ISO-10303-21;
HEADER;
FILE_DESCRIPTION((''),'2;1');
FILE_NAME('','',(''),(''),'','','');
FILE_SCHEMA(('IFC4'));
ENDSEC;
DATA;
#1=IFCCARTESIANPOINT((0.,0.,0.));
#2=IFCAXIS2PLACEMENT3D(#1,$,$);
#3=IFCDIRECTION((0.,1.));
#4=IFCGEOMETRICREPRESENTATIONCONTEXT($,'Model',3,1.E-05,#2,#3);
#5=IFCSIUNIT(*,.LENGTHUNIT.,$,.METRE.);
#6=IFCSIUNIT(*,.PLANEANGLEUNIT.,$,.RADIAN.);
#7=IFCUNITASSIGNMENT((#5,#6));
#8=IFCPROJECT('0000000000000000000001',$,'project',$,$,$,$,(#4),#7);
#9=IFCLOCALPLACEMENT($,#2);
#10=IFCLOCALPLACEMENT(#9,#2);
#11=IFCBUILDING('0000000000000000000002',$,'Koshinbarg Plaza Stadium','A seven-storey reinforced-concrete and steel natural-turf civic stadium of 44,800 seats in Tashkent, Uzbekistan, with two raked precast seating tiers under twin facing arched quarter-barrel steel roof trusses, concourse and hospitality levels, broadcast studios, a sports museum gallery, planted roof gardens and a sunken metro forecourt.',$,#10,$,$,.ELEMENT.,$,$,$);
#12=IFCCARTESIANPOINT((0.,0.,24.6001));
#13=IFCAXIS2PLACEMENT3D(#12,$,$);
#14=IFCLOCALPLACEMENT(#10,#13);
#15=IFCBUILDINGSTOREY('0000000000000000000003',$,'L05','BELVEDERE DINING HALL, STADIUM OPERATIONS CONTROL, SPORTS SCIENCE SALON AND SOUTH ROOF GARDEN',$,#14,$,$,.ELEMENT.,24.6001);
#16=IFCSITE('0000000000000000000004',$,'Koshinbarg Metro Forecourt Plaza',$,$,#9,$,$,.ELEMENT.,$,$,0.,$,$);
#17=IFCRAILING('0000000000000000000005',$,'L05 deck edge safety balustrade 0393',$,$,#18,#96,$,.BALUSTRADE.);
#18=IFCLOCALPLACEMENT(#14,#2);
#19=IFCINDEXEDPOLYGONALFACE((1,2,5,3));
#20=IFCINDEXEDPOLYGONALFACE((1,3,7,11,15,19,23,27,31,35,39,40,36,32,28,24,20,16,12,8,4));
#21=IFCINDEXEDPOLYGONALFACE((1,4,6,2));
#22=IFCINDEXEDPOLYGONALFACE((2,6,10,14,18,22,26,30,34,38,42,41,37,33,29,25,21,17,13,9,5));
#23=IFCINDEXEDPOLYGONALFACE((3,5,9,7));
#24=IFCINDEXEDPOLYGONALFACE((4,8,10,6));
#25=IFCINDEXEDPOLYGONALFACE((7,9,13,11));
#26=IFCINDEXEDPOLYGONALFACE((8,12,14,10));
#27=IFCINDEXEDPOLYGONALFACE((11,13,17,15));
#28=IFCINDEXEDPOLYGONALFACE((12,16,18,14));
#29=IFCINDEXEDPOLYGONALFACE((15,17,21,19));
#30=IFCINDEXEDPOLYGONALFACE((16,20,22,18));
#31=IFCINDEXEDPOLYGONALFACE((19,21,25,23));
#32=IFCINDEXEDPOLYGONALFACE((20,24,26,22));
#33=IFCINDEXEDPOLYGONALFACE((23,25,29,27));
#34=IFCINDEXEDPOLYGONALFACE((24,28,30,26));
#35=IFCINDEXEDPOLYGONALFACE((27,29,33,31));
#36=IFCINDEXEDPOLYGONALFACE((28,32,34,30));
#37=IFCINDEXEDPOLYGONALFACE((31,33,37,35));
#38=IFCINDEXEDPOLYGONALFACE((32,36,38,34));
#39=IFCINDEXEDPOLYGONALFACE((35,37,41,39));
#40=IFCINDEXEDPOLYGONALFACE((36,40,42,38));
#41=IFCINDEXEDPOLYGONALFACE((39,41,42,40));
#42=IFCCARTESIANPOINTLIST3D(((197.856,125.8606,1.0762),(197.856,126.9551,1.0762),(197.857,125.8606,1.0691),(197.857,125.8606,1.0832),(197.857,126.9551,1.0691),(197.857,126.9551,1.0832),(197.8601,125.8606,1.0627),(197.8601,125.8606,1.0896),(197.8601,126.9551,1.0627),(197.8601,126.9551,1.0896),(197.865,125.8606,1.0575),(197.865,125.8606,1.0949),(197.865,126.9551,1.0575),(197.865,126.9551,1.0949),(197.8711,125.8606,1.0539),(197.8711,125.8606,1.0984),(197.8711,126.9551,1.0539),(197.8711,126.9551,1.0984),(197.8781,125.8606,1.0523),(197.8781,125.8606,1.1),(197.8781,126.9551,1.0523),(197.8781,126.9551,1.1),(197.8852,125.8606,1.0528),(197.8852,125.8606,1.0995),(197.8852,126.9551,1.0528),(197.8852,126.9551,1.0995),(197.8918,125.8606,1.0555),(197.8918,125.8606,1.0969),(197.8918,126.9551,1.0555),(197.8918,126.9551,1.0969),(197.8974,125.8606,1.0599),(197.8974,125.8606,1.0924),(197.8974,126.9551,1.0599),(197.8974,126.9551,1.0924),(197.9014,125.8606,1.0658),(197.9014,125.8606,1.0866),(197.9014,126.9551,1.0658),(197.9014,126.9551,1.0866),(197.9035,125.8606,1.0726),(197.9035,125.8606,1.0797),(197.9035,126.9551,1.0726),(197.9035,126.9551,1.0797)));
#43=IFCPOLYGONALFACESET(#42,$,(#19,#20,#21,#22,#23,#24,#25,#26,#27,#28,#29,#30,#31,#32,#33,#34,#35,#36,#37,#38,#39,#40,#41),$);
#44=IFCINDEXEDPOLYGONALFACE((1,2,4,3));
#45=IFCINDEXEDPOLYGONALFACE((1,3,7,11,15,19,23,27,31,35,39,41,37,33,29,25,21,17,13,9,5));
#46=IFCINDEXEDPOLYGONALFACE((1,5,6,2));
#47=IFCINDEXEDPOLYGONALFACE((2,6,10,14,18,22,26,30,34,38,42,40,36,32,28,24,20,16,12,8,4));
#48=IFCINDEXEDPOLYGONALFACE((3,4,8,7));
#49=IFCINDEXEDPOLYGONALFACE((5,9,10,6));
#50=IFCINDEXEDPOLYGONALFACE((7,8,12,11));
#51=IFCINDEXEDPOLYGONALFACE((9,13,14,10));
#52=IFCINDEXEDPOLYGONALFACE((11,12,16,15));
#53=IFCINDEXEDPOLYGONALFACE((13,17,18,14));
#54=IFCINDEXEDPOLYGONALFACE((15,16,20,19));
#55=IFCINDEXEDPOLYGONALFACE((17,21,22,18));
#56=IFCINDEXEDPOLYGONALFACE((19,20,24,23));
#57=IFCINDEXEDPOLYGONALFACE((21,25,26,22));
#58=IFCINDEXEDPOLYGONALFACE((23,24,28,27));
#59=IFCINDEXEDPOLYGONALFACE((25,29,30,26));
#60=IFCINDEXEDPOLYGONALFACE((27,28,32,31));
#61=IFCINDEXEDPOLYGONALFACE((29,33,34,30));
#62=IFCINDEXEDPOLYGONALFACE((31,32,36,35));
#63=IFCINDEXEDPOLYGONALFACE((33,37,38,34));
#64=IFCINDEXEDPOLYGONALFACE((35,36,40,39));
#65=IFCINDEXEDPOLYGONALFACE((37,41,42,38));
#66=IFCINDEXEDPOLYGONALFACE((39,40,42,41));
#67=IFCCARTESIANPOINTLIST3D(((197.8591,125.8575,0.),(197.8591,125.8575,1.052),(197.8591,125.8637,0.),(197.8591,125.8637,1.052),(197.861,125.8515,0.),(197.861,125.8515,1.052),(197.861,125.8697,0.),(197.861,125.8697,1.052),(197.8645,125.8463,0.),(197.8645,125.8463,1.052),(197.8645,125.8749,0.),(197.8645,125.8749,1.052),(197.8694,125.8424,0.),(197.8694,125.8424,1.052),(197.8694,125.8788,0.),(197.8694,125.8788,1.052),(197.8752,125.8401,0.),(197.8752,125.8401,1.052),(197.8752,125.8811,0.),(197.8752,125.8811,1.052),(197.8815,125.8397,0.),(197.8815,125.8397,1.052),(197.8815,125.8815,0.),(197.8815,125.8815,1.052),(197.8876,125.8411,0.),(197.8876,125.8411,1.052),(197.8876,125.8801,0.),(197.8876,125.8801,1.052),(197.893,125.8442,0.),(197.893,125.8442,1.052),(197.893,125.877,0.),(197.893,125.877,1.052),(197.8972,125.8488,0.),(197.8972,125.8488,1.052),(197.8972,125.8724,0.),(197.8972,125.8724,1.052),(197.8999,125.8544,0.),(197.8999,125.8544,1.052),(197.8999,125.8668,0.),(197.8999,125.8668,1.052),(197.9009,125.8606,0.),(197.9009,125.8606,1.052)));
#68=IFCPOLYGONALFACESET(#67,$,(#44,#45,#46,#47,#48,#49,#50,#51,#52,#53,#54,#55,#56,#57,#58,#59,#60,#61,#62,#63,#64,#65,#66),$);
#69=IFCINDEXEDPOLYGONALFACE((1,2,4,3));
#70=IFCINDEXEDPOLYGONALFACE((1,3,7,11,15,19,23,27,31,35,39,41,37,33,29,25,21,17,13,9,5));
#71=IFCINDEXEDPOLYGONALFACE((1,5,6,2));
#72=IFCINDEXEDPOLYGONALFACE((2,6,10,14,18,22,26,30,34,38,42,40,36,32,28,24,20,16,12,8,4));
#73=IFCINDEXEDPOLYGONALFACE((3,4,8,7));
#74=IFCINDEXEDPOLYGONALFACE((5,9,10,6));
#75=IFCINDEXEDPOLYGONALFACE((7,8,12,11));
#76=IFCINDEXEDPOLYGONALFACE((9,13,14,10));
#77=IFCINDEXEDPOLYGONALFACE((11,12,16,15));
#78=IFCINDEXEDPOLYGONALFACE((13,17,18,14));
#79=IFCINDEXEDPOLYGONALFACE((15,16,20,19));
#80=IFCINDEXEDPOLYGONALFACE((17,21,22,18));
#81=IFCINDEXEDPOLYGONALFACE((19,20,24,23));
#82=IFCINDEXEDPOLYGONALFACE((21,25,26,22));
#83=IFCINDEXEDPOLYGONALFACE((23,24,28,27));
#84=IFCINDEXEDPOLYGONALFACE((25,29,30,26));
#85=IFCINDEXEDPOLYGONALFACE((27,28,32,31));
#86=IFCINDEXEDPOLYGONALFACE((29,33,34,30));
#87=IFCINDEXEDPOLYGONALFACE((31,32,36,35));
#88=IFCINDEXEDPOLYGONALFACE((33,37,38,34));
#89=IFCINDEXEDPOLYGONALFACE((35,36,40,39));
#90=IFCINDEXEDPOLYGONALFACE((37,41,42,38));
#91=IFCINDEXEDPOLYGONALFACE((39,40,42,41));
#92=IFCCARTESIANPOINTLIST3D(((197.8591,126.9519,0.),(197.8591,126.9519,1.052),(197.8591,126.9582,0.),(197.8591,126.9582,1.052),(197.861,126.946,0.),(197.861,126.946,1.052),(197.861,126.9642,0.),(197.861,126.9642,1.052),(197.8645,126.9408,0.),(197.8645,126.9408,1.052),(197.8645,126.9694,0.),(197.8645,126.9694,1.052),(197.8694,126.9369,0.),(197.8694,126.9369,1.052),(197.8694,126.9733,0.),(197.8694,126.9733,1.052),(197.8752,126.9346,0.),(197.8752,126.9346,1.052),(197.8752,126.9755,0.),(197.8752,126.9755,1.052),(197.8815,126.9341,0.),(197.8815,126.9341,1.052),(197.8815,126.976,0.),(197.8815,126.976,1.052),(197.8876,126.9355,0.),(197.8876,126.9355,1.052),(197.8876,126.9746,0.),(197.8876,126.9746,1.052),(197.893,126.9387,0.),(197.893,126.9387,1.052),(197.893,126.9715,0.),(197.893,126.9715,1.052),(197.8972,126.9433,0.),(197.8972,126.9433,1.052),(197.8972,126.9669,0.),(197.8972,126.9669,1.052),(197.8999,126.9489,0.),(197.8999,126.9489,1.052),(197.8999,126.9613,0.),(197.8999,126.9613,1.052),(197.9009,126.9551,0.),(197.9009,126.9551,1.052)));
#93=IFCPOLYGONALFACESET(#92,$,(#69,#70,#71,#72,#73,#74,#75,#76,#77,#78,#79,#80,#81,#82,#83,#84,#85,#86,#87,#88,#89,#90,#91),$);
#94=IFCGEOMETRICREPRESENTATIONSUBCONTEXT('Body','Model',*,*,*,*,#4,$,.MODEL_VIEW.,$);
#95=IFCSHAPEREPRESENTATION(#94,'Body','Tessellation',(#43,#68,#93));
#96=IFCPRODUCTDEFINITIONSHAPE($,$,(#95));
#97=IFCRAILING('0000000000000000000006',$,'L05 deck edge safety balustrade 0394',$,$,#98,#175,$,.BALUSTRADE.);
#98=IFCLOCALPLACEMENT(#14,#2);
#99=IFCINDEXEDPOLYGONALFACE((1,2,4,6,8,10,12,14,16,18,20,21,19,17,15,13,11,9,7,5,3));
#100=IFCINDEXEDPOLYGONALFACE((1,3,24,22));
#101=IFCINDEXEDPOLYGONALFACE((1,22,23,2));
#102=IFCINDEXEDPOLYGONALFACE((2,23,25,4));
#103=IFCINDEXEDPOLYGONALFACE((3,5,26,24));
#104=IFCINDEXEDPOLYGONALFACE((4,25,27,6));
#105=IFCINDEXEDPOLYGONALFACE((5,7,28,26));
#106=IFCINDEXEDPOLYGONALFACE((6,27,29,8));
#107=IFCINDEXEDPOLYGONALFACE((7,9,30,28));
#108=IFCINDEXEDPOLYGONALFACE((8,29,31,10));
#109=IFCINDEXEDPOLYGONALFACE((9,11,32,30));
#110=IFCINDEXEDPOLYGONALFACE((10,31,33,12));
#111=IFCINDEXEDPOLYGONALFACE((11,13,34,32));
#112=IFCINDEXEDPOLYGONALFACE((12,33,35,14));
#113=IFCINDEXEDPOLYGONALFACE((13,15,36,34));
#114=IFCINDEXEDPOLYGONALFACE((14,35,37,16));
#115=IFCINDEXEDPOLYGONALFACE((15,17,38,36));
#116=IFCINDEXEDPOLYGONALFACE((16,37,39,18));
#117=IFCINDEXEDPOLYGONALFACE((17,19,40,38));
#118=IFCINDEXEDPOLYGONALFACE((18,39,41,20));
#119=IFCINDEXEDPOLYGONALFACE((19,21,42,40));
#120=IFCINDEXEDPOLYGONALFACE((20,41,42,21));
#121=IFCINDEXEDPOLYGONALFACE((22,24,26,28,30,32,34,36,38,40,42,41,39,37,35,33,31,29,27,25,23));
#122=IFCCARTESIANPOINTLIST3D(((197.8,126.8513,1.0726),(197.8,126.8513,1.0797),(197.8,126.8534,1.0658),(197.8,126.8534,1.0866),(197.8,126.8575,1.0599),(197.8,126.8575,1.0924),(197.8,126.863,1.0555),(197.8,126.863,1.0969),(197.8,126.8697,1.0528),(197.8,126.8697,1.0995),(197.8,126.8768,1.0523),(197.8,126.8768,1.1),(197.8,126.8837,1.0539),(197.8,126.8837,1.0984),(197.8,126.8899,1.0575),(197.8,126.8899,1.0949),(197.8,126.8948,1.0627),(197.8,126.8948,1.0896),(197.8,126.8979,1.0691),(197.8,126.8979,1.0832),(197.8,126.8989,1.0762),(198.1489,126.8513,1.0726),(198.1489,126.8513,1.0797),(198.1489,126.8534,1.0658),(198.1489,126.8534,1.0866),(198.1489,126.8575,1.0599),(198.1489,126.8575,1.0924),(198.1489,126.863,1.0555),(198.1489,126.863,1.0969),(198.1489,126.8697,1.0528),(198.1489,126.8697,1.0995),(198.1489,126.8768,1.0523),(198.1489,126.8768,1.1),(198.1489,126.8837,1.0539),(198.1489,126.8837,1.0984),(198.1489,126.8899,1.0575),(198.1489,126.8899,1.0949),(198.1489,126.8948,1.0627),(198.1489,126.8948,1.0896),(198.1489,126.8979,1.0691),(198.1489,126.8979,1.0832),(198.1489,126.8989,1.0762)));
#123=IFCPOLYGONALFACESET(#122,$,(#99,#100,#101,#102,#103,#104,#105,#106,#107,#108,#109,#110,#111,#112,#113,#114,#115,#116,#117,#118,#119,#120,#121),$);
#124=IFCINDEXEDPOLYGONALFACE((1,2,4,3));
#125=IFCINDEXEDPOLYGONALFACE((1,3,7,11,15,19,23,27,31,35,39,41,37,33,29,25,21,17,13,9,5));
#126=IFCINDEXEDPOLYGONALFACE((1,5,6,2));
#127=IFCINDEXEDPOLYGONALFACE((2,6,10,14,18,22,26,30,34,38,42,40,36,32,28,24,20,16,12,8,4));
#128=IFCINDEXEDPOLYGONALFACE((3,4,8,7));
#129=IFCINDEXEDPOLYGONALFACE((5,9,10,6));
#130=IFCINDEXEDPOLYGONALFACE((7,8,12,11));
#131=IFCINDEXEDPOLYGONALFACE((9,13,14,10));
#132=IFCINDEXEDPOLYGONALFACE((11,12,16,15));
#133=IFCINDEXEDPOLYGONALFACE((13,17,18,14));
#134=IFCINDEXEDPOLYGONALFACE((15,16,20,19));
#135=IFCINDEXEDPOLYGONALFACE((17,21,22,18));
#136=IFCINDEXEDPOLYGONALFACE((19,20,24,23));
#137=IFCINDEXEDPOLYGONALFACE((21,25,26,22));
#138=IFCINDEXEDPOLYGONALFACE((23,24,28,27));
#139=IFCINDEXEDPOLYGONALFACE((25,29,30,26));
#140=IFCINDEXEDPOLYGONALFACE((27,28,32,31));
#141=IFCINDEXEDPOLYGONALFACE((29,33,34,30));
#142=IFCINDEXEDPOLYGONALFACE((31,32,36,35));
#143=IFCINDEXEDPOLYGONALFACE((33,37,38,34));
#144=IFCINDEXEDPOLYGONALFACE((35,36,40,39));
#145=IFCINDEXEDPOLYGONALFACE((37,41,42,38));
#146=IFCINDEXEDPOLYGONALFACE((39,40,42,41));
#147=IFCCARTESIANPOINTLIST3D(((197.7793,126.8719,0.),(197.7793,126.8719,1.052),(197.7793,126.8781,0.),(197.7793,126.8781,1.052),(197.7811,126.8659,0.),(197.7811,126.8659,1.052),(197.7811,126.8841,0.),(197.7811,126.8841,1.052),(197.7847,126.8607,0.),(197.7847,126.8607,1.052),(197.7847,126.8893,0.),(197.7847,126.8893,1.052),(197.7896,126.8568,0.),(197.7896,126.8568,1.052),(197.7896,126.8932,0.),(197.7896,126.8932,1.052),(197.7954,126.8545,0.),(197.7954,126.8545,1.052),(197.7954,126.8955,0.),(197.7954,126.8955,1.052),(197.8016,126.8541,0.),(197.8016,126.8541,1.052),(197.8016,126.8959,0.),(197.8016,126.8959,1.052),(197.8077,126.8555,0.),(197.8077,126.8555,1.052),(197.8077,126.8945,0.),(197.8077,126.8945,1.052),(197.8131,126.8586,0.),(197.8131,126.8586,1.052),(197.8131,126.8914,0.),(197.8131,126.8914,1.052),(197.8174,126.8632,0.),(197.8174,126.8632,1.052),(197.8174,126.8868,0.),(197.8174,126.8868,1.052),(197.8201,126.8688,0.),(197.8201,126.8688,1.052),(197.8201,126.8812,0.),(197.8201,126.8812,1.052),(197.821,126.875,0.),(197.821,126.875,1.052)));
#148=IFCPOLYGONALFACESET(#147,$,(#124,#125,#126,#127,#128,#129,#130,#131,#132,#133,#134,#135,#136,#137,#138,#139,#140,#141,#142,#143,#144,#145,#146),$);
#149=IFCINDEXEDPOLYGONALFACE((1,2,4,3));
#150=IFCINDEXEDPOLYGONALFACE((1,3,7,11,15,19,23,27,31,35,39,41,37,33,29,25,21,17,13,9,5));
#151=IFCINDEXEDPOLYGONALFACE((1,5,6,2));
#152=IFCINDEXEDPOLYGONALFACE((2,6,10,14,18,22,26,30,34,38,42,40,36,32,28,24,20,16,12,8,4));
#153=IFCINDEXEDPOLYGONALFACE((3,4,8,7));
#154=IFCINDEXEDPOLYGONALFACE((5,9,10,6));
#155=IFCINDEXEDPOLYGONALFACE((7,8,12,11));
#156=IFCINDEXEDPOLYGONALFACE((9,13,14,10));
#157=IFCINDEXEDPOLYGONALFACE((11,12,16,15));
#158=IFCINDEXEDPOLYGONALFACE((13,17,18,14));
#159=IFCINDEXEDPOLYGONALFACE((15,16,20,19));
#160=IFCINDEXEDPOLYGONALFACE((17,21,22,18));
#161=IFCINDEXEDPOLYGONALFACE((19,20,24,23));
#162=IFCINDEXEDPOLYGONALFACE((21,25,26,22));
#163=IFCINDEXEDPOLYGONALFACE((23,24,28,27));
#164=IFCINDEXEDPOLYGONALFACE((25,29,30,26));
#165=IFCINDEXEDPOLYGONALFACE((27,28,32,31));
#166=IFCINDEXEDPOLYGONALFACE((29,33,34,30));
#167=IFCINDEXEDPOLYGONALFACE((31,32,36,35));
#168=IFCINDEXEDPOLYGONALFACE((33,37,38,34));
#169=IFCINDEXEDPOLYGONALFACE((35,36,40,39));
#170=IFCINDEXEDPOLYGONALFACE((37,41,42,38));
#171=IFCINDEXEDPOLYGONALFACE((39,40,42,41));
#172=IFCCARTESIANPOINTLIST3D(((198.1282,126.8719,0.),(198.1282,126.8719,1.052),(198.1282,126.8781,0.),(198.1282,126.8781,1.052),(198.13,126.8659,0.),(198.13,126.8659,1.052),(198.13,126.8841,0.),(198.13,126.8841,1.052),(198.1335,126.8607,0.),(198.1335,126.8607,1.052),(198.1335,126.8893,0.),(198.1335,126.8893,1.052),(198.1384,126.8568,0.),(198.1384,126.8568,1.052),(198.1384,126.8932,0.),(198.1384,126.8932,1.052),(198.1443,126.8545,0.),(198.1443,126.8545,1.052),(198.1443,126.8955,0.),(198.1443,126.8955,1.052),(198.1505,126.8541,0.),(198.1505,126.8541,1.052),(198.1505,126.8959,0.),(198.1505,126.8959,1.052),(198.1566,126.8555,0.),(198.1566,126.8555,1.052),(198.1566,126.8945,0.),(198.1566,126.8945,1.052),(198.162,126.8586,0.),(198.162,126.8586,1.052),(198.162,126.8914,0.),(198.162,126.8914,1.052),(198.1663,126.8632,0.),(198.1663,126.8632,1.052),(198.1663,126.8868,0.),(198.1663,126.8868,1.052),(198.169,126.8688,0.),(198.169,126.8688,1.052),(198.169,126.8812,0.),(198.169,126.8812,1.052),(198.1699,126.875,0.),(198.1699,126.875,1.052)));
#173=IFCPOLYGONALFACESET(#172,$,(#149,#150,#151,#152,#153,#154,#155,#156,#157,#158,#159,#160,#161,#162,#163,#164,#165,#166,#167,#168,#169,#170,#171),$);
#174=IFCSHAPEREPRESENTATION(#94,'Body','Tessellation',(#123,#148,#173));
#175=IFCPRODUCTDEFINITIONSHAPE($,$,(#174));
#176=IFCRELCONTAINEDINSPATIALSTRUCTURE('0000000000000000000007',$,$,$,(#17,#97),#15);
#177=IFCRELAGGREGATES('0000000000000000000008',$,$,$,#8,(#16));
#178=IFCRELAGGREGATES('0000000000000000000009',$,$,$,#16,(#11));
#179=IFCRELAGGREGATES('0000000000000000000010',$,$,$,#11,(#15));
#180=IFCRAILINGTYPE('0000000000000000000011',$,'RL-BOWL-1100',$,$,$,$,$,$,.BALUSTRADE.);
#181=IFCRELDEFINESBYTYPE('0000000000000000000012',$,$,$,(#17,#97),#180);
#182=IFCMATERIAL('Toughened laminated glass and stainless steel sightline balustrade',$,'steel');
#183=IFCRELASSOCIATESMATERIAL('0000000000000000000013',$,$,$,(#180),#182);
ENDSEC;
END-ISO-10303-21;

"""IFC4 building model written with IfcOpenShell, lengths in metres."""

from ifc_helpers import new_model, si_unit, direction, frame, origin, origin_2d, place, context, subcontext, project, spatial, circle, extrude, material, type_object, element, save


model = new_model("IFC4")

# Units and contexts
model_context = context("Model", 3, precision=1e-05, world=origin(), true_north=direction((0.0, 1.0)))
body_context = subcontext(model_context, "Body", "Model", "MODEL_VIEW")
ifc_project = project(units=[si_unit("LENGTHUNIT", "METRE"), si_unit("PLANEANGLEUNIT", "RADIAN")], contexts=[model_context])

# Site, building, storey
site_placement = place(None, origin())
site = spatial("IfcSite", under=ifc_project, at=site_placement, Name="Koshinbarg Metro Forecourt Plaza", CompositionType="ELEMENT", RefElevation=0.0)
building_placement = place(site_placement, origin())
building = spatial("IfcBuilding", under=site, at=building_placement, Name="Koshinbarg Plaza Stadium", Description="A seven-storey reinforced-concrete and steel natural-turf civic stadium of 44,800 seats in Tashkent, Uzbekistan, with two raked precast seating tiers under twin facing arched quarter-barrel steel roof trusses, concourse and hospitality levels, broadcast studios, a sports museum gallery, planted roof gardens and a sunken metro forecourt.", CompositionType="ELEMENT")
storey_placement = place(building_placement, frame((0.0, 0.0, 24.6001)))
storey = spatial("IfcBuildingStorey", under=building, at=storey_placement, Name="L05", Description="BELVEDERE DINING HALL, STADIUM OPERATIONS CONTROL, SPORTS SCIENCE SALON AND SOUTH ROOF GARDEN", CompositionType="ELEMENT", Elevation=24.6001)

# Railings
ifc_material_1 = material(Name="Toughened laminated glass and stainless steel sightline balustrade", Category="steel")
railing_type = type_object("IfcRailingType", Name="RL-BOWL-1100", PredefinedType="BALUSTRADE", material=ifc_material_1)
railing_1_placement = place(storey_placement, frame((197.8799, 125.8606, 0.0)))
element("IfcRailing", 1, at=railing_1_placement, inside=storey, type_object=railing_type, Name="L05 deck edge safety balustrade 0393", PredefinedType="BALUSTRADE", context=body_context, shape_type="SweptSolid", body=[
    extrude(circle(Radius=0.0239, at=origin_2d()), frame((0.0, 0.0, 1.0762), z_axis=(0.0, 1.0, 0.0), x_axis=(-1.0, 0.0, 0.0)), (0.0, 0.0, 1.0), 1.0945),
    extrude(circle(Radius=0.021, at=origin_2d()), origin(), (0.0, 0.0, 1.0), 1.052),
    extrude(circle(Radius=0.021, at=origin_2d()), frame((0.0, 1.0945, 0.0)), (0.0, 0.0, 1.0), 1.052),
])
railing_2_placement = place(storey_placement, frame((197.8, 126.875, 0.0)))
element("IfcRailing", 2, at=railing_2_placement, inside=storey, type_object=railing_type, Name="L05 deck edge safety balustrade 0394", PredefinedType="BALUSTRADE", context=body_context, shape_type="SweptSolid", body=[
    extrude(circle(Radius=0.0239, at=origin_2d()), frame((0.0, 0.0, 1.0762), z_axis=(1.0, 0.0, 0.0), x_axis=(0.0, 1.0, 0.0)), (0.0, 0.0, 1.0), 0.3489),
    extrude(circle(Radius=0.021, at=origin_2d()), origin(), (0.0, 0.0, 1.0), 1.052),
    extrude(circle(Radius=0.021, at=origin_2d()), frame((0.3489, 0.0, 0.0)), (0.0, 0.0, 1.0), 1.052),
])

save(model, "model.ifc")
